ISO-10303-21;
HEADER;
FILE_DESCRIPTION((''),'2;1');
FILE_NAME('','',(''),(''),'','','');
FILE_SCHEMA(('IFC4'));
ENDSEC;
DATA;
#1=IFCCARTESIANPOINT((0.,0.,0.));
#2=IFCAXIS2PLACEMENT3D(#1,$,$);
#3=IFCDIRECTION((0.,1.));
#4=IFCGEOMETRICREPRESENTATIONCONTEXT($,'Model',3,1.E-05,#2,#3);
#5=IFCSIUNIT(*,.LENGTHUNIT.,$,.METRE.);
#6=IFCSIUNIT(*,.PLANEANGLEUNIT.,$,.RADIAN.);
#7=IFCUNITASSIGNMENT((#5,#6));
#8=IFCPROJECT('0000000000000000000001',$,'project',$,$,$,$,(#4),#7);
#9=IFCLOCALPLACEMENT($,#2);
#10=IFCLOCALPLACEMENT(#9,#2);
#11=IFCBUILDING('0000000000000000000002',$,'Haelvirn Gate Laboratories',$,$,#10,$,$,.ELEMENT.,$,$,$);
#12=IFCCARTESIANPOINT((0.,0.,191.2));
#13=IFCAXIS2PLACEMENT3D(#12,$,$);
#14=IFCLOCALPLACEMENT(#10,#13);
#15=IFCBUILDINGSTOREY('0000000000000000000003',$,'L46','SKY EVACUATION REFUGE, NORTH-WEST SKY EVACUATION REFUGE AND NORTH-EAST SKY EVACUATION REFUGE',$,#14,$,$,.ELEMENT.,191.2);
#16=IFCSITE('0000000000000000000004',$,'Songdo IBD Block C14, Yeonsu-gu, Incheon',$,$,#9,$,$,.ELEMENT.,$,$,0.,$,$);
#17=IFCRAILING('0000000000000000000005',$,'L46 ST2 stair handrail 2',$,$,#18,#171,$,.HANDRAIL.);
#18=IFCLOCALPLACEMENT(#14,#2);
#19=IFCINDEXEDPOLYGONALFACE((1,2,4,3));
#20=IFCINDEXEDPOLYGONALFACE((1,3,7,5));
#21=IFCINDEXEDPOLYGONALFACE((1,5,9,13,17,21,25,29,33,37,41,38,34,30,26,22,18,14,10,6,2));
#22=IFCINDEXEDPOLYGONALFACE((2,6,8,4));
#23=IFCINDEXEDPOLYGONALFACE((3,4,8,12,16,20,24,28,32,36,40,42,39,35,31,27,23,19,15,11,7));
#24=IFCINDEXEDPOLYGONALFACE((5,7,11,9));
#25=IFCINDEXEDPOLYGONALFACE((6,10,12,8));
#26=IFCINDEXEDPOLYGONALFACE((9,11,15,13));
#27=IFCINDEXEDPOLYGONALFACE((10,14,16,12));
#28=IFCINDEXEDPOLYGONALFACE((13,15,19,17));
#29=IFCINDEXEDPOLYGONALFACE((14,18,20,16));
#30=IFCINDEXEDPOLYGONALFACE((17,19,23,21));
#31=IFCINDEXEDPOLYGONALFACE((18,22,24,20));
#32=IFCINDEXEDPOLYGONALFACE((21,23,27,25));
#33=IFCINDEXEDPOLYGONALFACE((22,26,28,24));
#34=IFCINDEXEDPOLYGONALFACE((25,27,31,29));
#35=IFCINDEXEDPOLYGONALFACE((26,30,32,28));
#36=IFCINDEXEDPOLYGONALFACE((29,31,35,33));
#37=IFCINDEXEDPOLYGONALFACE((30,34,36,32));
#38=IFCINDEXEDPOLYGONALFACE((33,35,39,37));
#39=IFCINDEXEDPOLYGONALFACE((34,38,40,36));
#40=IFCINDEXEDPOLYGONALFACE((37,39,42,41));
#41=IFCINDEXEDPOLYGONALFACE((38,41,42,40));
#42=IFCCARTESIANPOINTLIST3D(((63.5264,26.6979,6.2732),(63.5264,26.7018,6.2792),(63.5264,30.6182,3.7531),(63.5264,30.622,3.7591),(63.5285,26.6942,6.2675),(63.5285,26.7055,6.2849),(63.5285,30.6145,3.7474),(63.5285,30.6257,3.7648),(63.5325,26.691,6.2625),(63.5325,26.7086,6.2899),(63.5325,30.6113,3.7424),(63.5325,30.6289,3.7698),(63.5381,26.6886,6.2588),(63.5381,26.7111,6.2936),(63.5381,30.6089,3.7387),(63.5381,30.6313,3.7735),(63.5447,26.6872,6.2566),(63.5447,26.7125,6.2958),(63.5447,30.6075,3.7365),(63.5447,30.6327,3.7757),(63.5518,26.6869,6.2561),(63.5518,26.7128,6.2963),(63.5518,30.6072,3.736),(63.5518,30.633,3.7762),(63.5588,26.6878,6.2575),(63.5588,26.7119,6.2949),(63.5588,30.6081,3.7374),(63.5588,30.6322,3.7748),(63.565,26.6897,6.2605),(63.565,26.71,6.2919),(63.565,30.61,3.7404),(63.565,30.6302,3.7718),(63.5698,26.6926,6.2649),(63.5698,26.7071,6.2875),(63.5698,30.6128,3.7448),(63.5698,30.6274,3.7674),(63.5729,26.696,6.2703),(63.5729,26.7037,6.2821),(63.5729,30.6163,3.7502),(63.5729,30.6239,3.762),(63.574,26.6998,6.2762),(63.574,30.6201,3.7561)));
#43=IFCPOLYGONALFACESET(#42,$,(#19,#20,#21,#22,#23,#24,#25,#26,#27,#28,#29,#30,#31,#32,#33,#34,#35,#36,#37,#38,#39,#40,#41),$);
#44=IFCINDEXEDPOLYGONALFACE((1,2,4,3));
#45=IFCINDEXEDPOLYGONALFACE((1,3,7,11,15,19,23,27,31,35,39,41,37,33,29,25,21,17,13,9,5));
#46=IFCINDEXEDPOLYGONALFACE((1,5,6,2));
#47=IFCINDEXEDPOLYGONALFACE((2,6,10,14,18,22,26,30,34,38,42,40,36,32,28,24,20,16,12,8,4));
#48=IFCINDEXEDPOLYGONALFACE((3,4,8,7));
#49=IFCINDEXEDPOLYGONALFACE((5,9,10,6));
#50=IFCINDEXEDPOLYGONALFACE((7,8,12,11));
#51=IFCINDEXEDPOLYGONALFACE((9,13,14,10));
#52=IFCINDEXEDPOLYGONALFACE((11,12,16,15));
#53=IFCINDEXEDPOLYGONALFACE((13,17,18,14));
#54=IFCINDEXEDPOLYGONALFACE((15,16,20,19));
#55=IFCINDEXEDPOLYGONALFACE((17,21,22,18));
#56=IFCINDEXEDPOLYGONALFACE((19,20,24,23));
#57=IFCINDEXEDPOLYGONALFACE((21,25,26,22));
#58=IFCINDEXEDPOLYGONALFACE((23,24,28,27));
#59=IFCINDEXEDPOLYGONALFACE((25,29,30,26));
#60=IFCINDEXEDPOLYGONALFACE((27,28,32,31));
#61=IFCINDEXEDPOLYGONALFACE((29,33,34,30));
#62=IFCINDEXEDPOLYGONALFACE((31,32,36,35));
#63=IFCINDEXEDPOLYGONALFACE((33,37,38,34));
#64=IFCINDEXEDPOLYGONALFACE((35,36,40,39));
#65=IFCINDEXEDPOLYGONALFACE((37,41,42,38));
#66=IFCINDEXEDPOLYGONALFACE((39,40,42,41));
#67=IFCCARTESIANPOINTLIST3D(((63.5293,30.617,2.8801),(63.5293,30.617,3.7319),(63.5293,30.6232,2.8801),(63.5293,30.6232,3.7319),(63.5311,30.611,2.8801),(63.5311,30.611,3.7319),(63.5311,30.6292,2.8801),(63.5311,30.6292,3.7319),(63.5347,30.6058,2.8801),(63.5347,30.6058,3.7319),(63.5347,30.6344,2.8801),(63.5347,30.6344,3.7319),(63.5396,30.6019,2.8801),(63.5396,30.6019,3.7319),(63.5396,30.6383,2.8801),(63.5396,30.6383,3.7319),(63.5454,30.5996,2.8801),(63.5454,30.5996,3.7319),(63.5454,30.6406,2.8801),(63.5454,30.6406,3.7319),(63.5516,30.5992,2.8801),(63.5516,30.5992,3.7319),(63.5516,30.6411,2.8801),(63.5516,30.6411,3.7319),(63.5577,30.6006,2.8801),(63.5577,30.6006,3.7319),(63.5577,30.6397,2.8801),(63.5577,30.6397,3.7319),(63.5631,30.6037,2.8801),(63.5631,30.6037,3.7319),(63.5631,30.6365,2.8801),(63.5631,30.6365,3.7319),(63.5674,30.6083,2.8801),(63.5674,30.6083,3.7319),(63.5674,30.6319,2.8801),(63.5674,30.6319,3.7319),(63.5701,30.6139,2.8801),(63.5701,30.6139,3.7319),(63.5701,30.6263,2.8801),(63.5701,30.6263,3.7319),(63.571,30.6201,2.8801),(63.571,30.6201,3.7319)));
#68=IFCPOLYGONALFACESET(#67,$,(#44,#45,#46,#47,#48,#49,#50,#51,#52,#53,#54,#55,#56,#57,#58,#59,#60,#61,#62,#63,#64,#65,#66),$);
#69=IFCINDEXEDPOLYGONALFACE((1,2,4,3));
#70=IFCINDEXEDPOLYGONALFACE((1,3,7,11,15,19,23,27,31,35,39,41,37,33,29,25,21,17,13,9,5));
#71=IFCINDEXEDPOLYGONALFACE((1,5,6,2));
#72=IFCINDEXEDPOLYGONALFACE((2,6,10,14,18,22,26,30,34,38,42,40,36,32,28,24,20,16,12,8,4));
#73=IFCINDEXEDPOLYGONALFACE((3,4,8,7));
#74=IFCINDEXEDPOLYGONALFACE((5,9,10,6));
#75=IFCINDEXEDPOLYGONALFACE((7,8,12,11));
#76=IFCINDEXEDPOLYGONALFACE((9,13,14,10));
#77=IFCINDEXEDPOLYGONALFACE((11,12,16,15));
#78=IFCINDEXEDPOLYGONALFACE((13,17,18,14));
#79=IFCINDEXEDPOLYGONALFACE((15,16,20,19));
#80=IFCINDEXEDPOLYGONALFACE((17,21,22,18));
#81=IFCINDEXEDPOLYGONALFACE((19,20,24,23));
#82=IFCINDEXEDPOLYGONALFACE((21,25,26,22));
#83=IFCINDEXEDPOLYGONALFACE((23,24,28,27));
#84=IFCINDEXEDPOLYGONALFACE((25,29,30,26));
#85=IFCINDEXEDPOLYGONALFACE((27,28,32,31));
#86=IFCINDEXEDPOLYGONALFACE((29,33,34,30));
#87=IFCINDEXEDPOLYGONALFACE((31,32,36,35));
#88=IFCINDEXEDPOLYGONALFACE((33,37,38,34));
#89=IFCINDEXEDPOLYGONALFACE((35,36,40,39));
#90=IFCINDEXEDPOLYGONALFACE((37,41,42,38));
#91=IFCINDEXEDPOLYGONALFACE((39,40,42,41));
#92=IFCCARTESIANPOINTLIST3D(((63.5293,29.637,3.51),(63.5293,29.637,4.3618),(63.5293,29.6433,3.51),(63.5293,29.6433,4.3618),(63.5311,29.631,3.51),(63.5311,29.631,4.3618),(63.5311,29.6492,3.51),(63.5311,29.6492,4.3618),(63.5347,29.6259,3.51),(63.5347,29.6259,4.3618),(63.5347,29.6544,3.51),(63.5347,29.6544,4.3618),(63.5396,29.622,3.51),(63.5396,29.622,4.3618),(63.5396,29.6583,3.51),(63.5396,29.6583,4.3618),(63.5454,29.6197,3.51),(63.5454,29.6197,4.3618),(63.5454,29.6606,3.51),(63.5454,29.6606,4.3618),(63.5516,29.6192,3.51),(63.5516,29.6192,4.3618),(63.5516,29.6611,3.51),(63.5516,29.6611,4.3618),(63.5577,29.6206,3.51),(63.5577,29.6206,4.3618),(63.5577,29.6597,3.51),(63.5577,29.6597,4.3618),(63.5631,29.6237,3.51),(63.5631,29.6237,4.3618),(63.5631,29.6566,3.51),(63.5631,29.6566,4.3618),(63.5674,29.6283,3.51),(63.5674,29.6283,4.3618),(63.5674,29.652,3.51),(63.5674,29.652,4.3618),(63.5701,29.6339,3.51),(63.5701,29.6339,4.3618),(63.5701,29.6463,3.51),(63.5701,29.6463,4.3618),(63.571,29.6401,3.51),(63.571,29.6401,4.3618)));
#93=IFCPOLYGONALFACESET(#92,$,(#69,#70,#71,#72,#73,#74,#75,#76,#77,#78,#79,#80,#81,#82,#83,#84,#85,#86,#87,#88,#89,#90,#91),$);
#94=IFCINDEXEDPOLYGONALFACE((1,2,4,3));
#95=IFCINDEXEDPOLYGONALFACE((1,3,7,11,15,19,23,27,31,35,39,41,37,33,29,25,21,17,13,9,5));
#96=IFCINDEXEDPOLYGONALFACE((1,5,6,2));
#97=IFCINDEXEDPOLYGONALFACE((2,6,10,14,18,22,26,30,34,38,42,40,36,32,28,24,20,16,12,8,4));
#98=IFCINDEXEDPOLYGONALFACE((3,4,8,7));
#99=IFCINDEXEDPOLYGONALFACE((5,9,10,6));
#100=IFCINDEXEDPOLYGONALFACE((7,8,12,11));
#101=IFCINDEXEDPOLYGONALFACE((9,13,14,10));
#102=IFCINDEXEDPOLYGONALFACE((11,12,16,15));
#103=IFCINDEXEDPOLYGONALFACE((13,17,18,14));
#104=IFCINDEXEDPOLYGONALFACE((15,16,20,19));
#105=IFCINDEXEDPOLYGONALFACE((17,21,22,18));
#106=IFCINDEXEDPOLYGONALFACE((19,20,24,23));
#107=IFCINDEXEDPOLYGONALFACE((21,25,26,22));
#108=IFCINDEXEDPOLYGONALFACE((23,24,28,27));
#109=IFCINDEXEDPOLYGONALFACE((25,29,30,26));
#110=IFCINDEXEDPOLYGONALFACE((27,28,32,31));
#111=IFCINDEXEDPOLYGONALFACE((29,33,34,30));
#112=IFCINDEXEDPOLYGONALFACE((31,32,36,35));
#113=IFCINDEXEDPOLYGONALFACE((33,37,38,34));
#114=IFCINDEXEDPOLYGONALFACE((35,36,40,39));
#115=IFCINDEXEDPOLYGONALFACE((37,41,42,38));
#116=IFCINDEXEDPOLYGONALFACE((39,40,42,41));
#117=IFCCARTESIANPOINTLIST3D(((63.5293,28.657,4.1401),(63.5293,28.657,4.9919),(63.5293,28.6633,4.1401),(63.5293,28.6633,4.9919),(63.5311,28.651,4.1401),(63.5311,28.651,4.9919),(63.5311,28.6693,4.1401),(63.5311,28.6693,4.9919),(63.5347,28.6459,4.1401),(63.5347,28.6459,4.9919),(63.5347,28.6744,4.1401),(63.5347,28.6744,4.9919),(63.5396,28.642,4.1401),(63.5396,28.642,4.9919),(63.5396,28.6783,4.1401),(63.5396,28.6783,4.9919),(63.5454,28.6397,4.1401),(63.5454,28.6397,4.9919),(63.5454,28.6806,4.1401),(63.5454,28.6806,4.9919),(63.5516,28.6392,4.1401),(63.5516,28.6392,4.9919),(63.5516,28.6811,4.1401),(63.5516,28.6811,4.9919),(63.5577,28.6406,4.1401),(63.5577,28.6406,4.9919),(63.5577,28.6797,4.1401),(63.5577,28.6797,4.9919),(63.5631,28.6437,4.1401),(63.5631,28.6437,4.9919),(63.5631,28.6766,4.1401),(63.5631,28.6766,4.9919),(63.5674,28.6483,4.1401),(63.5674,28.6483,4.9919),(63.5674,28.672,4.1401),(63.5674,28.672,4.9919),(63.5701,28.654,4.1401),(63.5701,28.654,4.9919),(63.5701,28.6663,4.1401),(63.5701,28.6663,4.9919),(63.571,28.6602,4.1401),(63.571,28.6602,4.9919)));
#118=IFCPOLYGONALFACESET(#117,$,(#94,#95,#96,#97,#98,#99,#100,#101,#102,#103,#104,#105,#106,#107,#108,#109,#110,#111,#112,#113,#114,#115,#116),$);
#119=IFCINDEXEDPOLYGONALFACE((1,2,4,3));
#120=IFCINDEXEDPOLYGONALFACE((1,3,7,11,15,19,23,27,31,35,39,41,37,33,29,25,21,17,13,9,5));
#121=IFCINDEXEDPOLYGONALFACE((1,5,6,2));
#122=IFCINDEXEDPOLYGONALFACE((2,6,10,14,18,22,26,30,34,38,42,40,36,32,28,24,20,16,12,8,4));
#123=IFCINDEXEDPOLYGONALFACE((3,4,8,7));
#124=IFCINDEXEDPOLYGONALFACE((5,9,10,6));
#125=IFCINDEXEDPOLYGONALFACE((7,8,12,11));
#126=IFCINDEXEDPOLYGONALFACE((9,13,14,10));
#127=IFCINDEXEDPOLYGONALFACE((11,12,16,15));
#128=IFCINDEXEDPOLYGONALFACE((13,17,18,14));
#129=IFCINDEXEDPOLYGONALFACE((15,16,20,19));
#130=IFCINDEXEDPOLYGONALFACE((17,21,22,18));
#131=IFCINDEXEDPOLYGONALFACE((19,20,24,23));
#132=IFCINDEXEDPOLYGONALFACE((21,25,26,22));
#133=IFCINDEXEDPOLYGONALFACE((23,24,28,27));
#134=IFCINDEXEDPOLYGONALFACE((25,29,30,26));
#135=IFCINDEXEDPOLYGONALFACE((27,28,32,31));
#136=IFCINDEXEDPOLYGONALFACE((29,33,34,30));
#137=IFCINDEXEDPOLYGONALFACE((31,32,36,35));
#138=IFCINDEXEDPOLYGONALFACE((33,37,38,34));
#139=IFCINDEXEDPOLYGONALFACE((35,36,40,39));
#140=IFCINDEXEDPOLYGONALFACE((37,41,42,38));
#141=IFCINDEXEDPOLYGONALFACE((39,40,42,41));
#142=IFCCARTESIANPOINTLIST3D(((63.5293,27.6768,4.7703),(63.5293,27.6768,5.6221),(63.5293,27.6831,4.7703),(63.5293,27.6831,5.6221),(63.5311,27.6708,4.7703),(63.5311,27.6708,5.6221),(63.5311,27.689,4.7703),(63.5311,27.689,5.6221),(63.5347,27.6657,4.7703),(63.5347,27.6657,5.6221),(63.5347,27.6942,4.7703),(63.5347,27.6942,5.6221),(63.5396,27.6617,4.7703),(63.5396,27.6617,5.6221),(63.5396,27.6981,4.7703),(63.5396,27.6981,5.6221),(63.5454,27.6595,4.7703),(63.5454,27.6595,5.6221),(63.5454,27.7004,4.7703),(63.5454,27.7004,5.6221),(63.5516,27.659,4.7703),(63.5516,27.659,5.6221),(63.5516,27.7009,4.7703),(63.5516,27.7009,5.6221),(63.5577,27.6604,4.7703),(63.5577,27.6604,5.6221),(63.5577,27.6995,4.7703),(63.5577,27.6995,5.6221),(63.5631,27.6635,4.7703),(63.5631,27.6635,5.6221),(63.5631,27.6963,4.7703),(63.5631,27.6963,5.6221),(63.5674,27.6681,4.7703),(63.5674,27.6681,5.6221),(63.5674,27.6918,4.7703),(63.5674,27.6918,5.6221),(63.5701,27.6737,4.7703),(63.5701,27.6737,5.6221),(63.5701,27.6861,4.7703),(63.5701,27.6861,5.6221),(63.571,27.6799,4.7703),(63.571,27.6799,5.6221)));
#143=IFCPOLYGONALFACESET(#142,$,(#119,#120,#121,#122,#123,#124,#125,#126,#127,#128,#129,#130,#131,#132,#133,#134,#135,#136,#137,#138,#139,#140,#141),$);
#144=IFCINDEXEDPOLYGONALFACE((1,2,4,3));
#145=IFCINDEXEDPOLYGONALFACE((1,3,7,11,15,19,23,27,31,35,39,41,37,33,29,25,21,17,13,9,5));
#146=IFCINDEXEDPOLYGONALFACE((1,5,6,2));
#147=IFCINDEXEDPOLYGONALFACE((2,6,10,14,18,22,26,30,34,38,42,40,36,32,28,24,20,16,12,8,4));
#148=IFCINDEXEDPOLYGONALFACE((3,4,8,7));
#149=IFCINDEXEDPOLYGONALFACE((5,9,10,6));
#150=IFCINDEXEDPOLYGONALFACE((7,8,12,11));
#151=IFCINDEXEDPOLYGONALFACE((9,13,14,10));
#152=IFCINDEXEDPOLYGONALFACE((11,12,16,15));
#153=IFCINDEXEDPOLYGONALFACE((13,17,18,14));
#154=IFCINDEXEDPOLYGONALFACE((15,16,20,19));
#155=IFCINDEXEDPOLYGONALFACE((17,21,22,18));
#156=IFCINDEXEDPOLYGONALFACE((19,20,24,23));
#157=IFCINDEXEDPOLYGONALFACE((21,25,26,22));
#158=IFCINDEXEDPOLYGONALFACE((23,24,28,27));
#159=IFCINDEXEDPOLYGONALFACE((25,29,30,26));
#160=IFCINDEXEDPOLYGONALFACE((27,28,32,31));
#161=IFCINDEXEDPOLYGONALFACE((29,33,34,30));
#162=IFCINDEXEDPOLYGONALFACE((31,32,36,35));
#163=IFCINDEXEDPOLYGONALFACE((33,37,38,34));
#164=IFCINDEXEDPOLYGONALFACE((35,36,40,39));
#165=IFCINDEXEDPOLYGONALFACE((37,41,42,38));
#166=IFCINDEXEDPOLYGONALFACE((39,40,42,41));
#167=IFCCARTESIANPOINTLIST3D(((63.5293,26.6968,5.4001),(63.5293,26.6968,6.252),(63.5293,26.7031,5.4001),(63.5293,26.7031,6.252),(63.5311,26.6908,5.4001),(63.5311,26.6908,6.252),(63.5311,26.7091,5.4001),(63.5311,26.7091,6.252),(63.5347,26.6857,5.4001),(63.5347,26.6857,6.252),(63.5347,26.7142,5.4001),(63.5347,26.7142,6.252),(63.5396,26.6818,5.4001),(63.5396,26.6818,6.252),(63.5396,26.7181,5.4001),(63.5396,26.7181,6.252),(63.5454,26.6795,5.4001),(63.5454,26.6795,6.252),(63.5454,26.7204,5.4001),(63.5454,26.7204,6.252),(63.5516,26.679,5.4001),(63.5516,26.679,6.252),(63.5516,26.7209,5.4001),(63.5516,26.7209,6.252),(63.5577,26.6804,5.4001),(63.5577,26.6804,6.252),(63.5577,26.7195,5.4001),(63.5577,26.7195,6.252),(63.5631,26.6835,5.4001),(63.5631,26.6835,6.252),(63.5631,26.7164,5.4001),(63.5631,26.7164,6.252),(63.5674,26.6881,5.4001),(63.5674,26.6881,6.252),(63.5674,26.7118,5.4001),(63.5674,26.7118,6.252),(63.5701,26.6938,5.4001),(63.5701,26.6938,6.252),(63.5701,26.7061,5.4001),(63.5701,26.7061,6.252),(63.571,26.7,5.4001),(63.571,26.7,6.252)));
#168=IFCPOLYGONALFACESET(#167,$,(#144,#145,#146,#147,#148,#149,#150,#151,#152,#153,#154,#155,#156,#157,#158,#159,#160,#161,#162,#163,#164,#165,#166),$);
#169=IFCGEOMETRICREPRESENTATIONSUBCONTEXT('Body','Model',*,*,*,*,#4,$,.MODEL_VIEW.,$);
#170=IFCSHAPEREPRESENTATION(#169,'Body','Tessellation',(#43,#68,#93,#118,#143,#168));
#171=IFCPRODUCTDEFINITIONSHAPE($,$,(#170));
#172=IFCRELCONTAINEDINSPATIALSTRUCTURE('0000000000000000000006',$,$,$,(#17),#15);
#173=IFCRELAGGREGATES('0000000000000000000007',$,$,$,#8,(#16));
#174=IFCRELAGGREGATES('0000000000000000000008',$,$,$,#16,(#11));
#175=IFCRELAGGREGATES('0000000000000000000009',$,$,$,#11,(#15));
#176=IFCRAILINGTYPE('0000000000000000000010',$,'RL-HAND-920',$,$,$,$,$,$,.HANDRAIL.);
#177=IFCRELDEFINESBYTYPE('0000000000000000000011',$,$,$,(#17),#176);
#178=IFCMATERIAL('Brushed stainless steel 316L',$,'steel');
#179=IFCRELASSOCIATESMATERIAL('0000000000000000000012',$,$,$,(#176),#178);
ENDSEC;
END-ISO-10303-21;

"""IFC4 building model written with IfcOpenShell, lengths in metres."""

from ifc_helpers import new_model, si_unit, direction, frame, origin, origin_2d, place, context, subcontext, project, spatial, circle, extrude, source, transform, mapped, material, type_object, element, save


model = new_model("IFC4")

# Units and contexts
model_context = context("Model", 3, precision=1e-05, world=origin(), true_north=direction((0.0, 1.0)))
body_context = subcontext(model_context, "Body", "Model", "MODEL_VIEW")
ifc_project = project(units=[si_unit("LENGTHUNIT", "METRE"), si_unit("PLANEANGLEUNIT", "RADIAN")], contexts=[model_context])

# Site, building, storey
site_placement = place(None, origin())
site = spatial("IfcSite", under=ifc_project, at=site_placement, Name="Songdo IBD Block C14, Yeonsu-gu, Incheon", CompositionType="ELEMENT", RefElevation=0.0)
building_placement = place(site_placement, origin())
building = spatial("IfcBuilding", under=site, at=building_placement, Name="Haelvirn Gate Laboratories", CompositionType="ELEMENT")
storey_placement = place(building_placement, frame((0.0, 0.0, 191.2)))
storey = spatial("IfcBuildingStorey", under=building, at=storey_placement, Name="L46", Description="SKY EVACUATION REFUGE, NORTH-WEST SKY EVACUATION REFUGE AND NORTH-EAST SKY EVACUATION REFUGE", CompositionType="ELEMENT", Elevation=191.2)

# Railing
ifc_material_1 = material(Name="Brushed stainless steel 316L", Category="steel")
railing_type_1 = type_object("IfcRailingType", Name="RL-HAND-920", PredefinedType="HANDRAIL", material=ifc_material_1)
shared_shape_1 = source(origin(), body_context, "Body", "SweptSolid", [
    extrude(circle(Radius=0.0239, at=origin_2d()), frame((0.0, 0.0, 0.876), z_axis=(0.0, -0.841187, 0.540744), x_axis=(1.0, 0.0, 0.0)), (0.0, 0.0, 1.0), 4.6604),
    extrude(circle(Radius=0.021, at=origin_2d()), origin(), (0.0, 0.0, 1.0), 0.8518),
    extrude(circle(Radius=0.021, at=origin_2d()), frame((0.0, -0.98, 0.6299)), (0.0, 0.0, 1.0), 0.8518),
    extrude(circle(Radius=0.021, at=origin_2d()), frame((0.0, -1.96, 1.26)), (0.0, 0.0, 1.0), 0.8518),
    extrude(circle(Radius=0.021, at=origin_2d()), frame((0.0, -2.9402, 1.8901)), (0.0, 0.0, 1.0), 0.8518),
    extrude(circle(Radius=0.021, at=origin_2d()), frame((0.0, -3.9202, 2.52)), (0.0, 0.0, 1.0), 0.8518),
])
railing_1_placement = place(storey_placement, frame((63.55, 30.6201, 2.8801)))
element("IfcRailing", 1, at=railing_1_placement, inside=storey, type_object=railing_type_1, Name="L46 ST2 stair handrail 2", PredefinedType="HANDRAIL", context=body_context, shape_type="MappedRepresentation", body=[
    mapped(shared_shape_1, transform((0.0, 0.0, 0.0), scale=1.0)),
])

save(model, "model.ifc")
